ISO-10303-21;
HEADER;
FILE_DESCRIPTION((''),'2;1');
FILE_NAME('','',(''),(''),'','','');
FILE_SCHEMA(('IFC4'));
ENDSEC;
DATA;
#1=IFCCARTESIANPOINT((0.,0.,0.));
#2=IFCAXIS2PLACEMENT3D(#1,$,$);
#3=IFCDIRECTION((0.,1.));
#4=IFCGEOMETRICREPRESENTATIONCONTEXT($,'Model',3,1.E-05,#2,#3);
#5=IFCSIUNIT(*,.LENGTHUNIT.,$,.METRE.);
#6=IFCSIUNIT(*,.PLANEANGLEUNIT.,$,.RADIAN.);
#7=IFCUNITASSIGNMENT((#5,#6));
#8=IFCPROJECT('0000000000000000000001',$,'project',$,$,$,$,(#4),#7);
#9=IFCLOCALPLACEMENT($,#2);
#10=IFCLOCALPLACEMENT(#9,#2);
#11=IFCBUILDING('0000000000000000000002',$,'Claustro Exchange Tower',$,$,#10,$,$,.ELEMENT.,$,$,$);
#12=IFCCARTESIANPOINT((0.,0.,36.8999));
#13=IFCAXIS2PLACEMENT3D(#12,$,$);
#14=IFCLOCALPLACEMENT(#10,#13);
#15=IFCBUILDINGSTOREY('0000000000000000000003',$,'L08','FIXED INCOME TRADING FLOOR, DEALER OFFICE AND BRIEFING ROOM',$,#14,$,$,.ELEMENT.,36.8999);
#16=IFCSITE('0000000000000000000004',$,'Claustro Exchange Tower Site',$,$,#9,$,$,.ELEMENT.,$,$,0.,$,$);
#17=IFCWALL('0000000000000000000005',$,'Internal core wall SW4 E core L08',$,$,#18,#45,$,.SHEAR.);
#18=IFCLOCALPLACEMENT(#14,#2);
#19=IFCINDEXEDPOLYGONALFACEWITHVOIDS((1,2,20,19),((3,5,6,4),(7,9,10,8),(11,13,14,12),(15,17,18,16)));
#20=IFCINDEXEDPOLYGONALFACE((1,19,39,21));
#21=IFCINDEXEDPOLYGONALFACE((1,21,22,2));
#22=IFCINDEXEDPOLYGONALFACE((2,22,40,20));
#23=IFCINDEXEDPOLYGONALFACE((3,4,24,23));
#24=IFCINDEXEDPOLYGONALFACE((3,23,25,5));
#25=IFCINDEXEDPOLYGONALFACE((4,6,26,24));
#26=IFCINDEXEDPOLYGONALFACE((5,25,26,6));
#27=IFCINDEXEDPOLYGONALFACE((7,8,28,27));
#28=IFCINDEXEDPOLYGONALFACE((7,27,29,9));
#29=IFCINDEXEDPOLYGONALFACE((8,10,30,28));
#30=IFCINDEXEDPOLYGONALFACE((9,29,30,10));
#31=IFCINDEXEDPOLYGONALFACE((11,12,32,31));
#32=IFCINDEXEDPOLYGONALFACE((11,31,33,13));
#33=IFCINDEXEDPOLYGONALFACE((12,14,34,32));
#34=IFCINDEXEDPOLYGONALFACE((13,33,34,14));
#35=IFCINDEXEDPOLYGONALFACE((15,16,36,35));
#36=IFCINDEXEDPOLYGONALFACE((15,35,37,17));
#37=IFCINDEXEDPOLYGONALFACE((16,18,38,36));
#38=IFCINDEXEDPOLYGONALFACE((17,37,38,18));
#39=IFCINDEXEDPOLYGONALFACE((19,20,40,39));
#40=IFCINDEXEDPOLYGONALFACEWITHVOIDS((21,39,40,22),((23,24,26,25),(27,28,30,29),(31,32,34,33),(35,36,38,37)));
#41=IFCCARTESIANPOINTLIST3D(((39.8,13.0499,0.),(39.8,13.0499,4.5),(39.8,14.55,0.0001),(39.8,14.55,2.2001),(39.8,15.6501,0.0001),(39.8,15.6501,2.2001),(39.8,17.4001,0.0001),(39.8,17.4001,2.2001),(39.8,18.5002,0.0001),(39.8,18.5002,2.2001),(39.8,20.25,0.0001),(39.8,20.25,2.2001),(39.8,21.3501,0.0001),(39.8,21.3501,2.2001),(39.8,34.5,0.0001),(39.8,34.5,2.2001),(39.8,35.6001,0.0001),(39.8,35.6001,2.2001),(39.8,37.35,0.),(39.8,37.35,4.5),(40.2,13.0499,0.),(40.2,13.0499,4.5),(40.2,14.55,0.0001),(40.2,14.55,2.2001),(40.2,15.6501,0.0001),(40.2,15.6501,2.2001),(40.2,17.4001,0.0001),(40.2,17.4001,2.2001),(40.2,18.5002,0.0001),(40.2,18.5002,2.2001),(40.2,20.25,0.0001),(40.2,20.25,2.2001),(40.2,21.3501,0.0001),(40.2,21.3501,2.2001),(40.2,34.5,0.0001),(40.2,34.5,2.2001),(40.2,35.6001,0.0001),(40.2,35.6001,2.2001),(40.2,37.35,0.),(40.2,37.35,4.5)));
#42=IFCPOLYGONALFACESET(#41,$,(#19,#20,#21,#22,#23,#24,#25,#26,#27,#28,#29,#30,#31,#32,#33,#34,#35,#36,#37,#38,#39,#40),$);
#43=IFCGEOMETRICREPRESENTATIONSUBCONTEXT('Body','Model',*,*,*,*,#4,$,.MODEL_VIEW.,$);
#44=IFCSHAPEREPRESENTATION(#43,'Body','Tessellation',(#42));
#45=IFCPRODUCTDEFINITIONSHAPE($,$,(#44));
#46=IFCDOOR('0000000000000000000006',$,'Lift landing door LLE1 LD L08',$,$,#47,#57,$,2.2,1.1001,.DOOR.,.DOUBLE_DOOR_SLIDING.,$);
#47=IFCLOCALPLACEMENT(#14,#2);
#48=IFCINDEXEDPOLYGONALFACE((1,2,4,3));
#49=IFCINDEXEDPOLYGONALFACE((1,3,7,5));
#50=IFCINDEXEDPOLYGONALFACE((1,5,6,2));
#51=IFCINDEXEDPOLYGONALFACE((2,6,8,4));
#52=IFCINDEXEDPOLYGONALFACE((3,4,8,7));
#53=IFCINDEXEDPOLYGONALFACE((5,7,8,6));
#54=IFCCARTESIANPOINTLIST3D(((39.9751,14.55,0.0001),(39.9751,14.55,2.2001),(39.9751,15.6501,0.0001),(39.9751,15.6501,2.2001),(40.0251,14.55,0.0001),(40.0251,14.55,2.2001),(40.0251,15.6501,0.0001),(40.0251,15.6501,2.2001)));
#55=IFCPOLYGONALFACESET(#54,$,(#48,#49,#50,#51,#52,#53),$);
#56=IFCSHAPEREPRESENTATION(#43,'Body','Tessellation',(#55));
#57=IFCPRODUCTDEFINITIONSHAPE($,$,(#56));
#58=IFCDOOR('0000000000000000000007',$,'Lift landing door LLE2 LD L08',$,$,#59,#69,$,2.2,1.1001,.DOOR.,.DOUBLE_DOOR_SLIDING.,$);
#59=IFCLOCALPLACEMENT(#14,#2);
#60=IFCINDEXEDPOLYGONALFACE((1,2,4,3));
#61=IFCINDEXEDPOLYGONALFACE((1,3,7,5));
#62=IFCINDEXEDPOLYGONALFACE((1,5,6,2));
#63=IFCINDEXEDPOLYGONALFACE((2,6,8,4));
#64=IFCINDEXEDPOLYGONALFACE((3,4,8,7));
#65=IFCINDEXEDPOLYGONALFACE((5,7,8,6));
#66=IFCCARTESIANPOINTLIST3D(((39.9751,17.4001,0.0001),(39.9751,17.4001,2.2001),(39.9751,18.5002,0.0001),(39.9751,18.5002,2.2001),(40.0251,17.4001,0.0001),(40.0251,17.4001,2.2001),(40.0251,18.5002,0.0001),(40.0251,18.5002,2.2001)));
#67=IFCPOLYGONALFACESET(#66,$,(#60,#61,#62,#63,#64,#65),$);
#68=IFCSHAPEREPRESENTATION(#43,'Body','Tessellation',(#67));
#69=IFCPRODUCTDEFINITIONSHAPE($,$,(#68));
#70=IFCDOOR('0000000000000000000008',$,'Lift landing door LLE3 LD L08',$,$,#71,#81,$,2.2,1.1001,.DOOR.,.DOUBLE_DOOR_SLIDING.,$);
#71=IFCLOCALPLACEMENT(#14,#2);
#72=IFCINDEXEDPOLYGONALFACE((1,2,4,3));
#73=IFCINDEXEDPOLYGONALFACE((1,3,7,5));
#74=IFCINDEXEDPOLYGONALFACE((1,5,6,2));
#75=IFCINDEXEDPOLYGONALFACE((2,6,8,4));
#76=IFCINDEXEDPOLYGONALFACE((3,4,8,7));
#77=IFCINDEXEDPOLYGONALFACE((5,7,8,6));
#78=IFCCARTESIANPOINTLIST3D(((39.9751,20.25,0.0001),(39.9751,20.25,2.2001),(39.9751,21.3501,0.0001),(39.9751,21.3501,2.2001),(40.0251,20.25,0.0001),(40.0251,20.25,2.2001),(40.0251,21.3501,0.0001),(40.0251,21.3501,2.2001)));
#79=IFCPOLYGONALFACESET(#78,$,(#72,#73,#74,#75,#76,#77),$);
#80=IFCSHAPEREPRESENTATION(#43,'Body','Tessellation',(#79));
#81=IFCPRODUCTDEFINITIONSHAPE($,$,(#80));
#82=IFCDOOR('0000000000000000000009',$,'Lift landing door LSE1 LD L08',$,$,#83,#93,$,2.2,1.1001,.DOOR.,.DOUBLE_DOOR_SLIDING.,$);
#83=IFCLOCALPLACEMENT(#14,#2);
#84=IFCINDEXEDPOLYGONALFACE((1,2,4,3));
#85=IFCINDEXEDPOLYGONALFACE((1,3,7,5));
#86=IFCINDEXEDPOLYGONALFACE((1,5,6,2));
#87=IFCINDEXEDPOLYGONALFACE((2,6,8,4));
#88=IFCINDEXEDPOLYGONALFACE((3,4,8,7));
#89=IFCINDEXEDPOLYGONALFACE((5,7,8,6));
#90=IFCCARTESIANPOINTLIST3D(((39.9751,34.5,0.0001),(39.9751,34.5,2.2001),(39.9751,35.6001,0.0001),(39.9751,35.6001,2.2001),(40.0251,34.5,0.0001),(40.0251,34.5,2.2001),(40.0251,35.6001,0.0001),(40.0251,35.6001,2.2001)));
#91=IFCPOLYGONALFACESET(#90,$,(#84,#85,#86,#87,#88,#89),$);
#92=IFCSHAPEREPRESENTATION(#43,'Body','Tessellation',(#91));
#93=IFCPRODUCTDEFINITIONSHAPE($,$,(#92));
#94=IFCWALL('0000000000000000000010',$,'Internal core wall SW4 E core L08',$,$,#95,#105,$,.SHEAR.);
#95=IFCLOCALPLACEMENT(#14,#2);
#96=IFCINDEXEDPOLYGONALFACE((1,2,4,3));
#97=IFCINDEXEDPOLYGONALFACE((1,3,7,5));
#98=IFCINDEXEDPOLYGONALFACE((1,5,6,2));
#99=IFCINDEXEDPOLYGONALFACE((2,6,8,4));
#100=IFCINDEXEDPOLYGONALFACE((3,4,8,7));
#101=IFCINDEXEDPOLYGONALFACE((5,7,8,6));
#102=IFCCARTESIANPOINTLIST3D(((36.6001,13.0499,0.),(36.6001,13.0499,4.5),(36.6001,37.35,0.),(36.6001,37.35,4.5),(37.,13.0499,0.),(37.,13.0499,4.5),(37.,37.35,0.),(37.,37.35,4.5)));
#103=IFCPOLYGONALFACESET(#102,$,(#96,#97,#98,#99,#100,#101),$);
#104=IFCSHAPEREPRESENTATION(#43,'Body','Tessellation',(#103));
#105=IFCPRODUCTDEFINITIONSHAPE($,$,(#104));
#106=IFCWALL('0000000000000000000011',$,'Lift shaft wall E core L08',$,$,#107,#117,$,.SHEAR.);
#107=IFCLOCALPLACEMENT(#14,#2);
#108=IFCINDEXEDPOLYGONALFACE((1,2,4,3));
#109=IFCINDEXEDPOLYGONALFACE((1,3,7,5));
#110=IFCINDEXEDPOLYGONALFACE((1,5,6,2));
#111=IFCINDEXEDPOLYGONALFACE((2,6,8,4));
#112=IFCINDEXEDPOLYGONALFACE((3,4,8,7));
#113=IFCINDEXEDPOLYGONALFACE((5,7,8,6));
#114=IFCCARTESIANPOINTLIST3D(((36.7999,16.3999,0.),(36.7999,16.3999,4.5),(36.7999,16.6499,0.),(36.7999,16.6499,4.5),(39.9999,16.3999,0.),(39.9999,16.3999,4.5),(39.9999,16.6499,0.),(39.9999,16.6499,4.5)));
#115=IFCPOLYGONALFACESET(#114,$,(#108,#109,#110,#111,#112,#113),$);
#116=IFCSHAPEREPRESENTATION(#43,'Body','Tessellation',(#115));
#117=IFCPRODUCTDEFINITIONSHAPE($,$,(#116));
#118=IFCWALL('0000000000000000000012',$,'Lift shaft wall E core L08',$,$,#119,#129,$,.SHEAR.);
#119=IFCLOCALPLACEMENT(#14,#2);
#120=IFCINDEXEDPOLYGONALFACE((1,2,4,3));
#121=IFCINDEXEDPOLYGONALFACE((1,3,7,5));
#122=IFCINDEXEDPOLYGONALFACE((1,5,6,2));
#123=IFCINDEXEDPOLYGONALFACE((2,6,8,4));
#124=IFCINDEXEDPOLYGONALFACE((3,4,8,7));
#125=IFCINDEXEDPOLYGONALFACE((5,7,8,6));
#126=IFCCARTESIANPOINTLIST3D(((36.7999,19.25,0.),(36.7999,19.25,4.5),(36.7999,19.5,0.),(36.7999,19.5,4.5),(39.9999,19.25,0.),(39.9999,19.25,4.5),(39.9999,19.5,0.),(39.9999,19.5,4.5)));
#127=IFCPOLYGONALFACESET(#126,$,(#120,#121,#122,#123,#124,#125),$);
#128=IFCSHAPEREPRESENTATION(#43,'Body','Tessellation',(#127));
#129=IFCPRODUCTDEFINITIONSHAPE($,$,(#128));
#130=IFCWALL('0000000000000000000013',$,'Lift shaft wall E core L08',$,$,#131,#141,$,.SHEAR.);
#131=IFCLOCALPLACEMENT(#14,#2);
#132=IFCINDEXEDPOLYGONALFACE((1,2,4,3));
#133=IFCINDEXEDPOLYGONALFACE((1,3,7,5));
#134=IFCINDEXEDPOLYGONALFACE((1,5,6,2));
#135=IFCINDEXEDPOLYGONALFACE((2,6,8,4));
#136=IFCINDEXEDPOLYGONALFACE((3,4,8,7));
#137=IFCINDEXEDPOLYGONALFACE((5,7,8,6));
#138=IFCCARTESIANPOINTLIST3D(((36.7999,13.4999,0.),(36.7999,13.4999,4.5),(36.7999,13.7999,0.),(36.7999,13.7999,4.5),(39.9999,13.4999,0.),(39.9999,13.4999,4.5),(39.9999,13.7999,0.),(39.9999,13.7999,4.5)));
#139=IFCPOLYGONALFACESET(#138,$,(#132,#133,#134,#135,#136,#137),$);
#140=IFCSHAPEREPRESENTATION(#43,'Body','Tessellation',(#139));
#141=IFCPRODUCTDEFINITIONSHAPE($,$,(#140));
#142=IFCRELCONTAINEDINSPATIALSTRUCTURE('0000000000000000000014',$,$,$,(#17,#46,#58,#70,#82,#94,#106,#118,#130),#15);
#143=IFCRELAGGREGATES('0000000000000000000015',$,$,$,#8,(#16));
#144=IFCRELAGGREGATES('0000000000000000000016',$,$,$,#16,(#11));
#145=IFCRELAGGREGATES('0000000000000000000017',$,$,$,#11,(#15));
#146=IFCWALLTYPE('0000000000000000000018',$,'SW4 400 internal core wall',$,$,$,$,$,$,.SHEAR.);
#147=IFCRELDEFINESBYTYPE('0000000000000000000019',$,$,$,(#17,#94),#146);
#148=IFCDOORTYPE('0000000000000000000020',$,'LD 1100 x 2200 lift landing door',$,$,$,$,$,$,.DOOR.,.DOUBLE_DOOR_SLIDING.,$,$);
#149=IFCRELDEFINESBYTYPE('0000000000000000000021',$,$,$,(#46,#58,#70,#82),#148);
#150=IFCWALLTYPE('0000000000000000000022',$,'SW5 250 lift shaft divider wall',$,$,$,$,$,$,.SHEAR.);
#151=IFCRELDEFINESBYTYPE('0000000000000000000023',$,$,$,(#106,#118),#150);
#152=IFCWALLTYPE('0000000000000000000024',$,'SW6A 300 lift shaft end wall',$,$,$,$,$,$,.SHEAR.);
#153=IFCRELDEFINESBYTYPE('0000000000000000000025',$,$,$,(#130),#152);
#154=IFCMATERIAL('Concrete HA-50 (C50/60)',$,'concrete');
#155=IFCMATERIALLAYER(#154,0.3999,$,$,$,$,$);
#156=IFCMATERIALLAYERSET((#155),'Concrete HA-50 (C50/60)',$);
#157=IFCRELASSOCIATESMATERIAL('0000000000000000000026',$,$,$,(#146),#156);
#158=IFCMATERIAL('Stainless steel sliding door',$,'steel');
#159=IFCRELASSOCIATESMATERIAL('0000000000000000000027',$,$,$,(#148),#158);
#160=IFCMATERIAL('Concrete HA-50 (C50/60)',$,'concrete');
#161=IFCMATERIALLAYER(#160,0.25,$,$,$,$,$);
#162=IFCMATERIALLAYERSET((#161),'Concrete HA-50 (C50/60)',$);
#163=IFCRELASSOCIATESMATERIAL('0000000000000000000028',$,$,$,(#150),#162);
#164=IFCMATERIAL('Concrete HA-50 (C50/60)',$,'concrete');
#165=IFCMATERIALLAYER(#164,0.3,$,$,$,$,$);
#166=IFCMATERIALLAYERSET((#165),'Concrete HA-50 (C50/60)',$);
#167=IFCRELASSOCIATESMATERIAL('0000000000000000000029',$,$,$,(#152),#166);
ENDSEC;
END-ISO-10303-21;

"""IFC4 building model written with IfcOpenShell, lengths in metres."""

from ifc_helpers import new_model, si_unit, direction, frame, frame_2d, origin, place, context, subcontext, project, spatial, rectangle, extrude, material, layer, layer_set, type_object, element, fill, save


model = new_model("IFC4")

# Units and contexts
model_context = context("Model", 3, precision=1e-05, world=origin(), true_north=direction((0.0, 1.0)))
body_context = subcontext(model_context, "Body", "Model", "MODEL_VIEW")
ifc_project = project(units=[si_unit("LENGTHUNIT", "METRE"), si_unit("PLANEANGLEUNIT", "RADIAN")], contexts=[model_context])

# Site, building, storey
site_placement = place(None, origin())
site = spatial("IfcSite", under=ifc_project, at=site_placement, Name="Claustro Exchange Tower Site", CompositionType="ELEMENT", RefElevation=0.0)
building_placement = place(site_placement, origin())
building = spatial("IfcBuilding", under=site, at=building_placement, Name="Claustro Exchange Tower", CompositionType="ELEMENT")
storey_placement = place(building_placement, frame((0.0, 0.0, 36.8999)))
storey = spatial("IfcBuildingStorey", under=building, at=storey_placement, Name="L08", Description="FIXED INCOME TRADING FLOOR, DEALER OFFICE AND BRIEFING ROOM", CompositionType="ELEMENT", Elevation=36.8999)

# Wall, openings, doors
ifc_material_1 = material(Name="Concrete HA-50 (C50/60)", Category="concrete")
ifc_layer_1 = layer(ifc_material_1, 0.3999)
ifc_layer_set_1 = layer_set([ifc_layer_1], Name="Concrete HA-50 (C50/60)")
wall_type_1 = type_object("IfcWallType", Name="SW4 400 internal core wall", PredefinedType="SHEAR", material=ifc_layer_set_1)
wall_1_placement = place(storey_placement, frame((40.0, 13.05, 0.0), z_axis=(0.0, 0.0, 1.0), x_axis=(0.0, 1.0, 0.0)))
wall_1 = element("IfcWall", 1, at=wall_1_placement, inside=storey, type_object=wall_type_1, Name="Internal core wall SW4 E core L08", PredefinedType="SHEAR", context=body_context, shape_type="SweptSolid", body=[
    extrude(rectangle(XDim=24.3, YDim=0.3999, at=frame_2d((12.1499, 0.0))), origin(), (0.0, 0.0, 1.0), 4.5),
])
opening_1_placement = place(wall_1_placement, frame((1.5, 0.0, 0.0)))
opening_1 = element("IfcOpeningElement", 2, at=opening_1_placement, cuts=wall_1, PredefinedType="OPENING", context=body_context, shape_type="SweptSolid", body=[
    extrude(rectangle(XDim=1.1001, YDim=2.2, at=frame_2d((0.55, 1.1001))), frame((0.0, 0.21, 0.0), z_axis=(0.0, -1.0, 0.0), x_axis=(1.0, 0.0, 0.0)), (0.0, 0.0, 1.0), 0.4199),
])
opening_2_placement = place(wall_1_placement, frame((4.3501, 0.0, 0.0)))
opening_2 = element("IfcOpeningElement", 3, at=opening_2_placement, cuts=wall_1, PredefinedType="OPENING", context=body_context, shape_type="SweptSolid", body=[
    extrude(rectangle(XDim=1.1001, YDim=2.2, at=frame_2d((0.55, 1.1001))), frame((0.0, 0.21, 0.0), z_axis=(0.0, -1.0, 0.0), x_axis=(1.0, 0.0, 0.0)), (0.0, 0.0, 1.0), 0.4199),
])
opening_3_placement = place(wall_1_placement, frame((7.2, 0.0, 0.0)))
opening_3 = element("IfcOpeningElement", 4, at=opening_3_placement, cuts=wall_1, PredefinedType="OPENING", context=body_context, shape_type="SweptSolid", body=[
    extrude(rectangle(XDim=1.1001, YDim=2.2, at=frame_2d((0.55, 1.1001))), frame((0.0, 0.21, 0.0), z_axis=(0.0, -1.0, 0.0), x_axis=(1.0, 0.0, 0.0)), (0.0, 0.0, 1.0), 0.4199),
])
opening_4_placement = place(wall_1_placement, frame((21.45, 0.0, 0.0)))
opening_4 = element("IfcOpeningElement", 5, at=opening_4_placement, cuts=wall_1, PredefinedType="OPENING", context=body_context, shape_type="SweptSolid", body=[
    extrude(rectangle(XDim=1.1001, YDim=2.2, at=frame_2d((0.55, 1.1001))), frame((0.0, 0.21, 0.0), z_axis=(0.0, -1.0, 0.0), x_axis=(1.0, 0.0, 0.0)), (0.0, 0.0, 1.0), 0.4199),
])
ifc_material_2 = material(Name="Stainless steel sliding door", Category="steel")
door_type_1 = type_object("IfcDoorType", Name="LD 1100 x 2200 lift landing door", OperationType="DOUBLE_DOOR_SLIDING", PredefinedType="DOOR", material=ifc_material_2)
door_1_placement = place(opening_1_placement, origin())
door_1 = element("IfcDoor", 6, at=door_1_placement, inside=storey, type_object=door_type_1, Name="Lift landing door LLE1 LD L08", OperationType="DOUBLE_DOOR_SLIDING", OverallHeight=2.2, OverallWidth=1.1001, PredefinedType="DOOR", context=body_context, shape_type="SweptSolid", body=[
    extrude(rectangle(XDim=1.1001, YDim=2.2, at=frame_2d((0.55, 1.1001))), frame((0.0, 0.0249, 0.0), z_axis=(0.0, -1.0, 0.0), x_axis=(1.0, 0.0, 0.0)), (0.0, 0.0, 1.0), 0.05),
])
fill(opening_1, door_1)
door_2_placement = place(opening_2_placement, origin())
door_2 = element("IfcDoor", 7, at=door_2_placement, inside=storey, type_object=door_type_1, Name="Lift landing door LLE2 LD L08", OperationType="DOUBLE_DOOR_SLIDING", OverallHeight=2.2, OverallWidth=1.1001, PredefinedType="DOOR", context=body_context, shape_type="SweptSolid", body=[
    extrude(rectangle(XDim=1.1001, YDim=2.2, at=frame_2d((0.55, 1.1001))), frame((0.0, 0.0249, 0.0), z_axis=(0.0, -1.0, 0.0), x_axis=(1.0, 0.0, 0.0)), (0.0, 0.0, 1.0), 0.05),
])
fill(opening_2, door_2)
door_3_placement = place(opening_3_placement, origin())
door_3 = element("IfcDoor", 8, at=door_3_placement, inside=storey, type_object=door_type_1, Name="Lift landing door LLE3 LD L08", OperationType="DOUBLE_DOOR_SLIDING", OverallHeight=2.2, OverallWidth=1.1001, PredefinedType="DOOR", context=body_context, shape_type="SweptSolid", body=[
    extrude(rectangle(XDim=1.1001, YDim=2.2, at=frame_2d((0.55, 1.1001))), frame((0.0, 0.0249, 0.0), z_axis=(0.0, -1.0, 0.0), x_axis=(1.0, 0.0, 0.0)), (0.0, 0.0, 1.0), 0.05),
])
fill(opening_3, door_3)
door_4_placement = place(opening_4_placement, origin())
door_4 = element("IfcDoor", 9, at=door_4_placement, inside=storey, type_object=door_type_1, Name="Lift landing door LSE1 LD L08", OperationType="DOUBLE_DOOR_SLIDING", OverallHeight=2.2, OverallWidth=1.1001, PredefinedType="DOOR", context=body_context, shape_type="SweptSolid", body=[
    extrude(rectangle(XDim=1.1001, YDim=2.2, at=frame_2d((0.55, 1.1001))), frame((0.0, 0.0249, 0.0), z_axis=(0.0, -1.0, 0.0), x_axis=(1.0, 0.0, 0.0)), (0.0, 0.0, 1.0), 0.05),
])
fill(opening_4, door_4)

# Walls
wall_2_placement = place(storey_placement, frame((36.8, 13.05, 0.0), z_axis=(0.0, 0.0, 1.0), x_axis=(0.0, 1.0, 0.0)))
element("IfcWall", 10, at=wall_2_placement, inside=storey, type_object=wall_type_1, Name="Internal core wall SW4 E core L08", PredefinedType="SHEAR", context=body_context, shape_type="SweptSolid", body=[
    extrude(rectangle(XDim=24.3, YDim=0.3999, at=frame_2d((12.1499, 0.0))), origin(), (0.0, 0.0, 1.0), 4.5),
])
ifc_material_3 = material(Name="Concrete HA-50 (C50/60)", Category="concrete")
ifc_layer_2 = layer(ifc_material_3, 0.25)
ifc_layer_set_2 = layer_set([ifc_layer_2], Name="Concrete HA-50 (C50/60)")
wall_type_2 = type_object("IfcWallType", Name="SW5 250 lift shaft divider wall", PredefinedType="SHEAR", material=ifc_layer_set_2)
for number, where, z_axis, x_axis, name in (
    (11, (40.0, 16.5249, 0.0), (0.0, 0.0, 1.0), (-1.0, 0.0, 0.0), "Lift shaft wall E core L08"),
    (12, (40.0, 19.375, 0.0), (0.0, 0.0, 1.0), (-1.0, 0.0, 0.0), "Lift shaft wall E core L08"),
):
    element("IfcWall", number, at=place(storey_placement, frame(where, z_axis=z_axis, x_axis=x_axis)), inside=storey, type_object=wall_type_2, Name=name, PredefinedType="SHEAR", context=body_context, shape_type="SweptSolid", body=[
        extrude(rectangle(XDim=3.2, YDim=0.25, at=frame_2d((1.6001, 0.0))), origin(), (0.0, 0.0, 1.0), 4.5),
    ])
ifc_material_4 = material(Name="Concrete HA-50 (C50/60)", Category="concrete")
ifc_layer_3 = layer(ifc_material_4, 0.3)
ifc_layer_set_3 = layer_set([ifc_layer_3], Name="Concrete HA-50 (C50/60)")
wall_type_3 = type_object("IfcWallType", Name="SW6A 300 lift shaft end wall", PredefinedType="SHEAR", material=ifc_layer_set_3)
wall_3_placement = place(storey_placement, frame((40.0, 13.6499, 0.0), z_axis=(0.0, 0.0, 1.0), x_axis=(-1.0, 0.0, 0.0)))
element("IfcWall", 13, at=wall_3_placement, inside=storey, type_object=wall_type_3, Name="Lift shaft wall E core L08", PredefinedType="SHEAR", context=body_context, shape_type="SweptSolid", body=[
    extrude(rectangle(XDim=3.2, YDim=0.3, at=frame_2d((1.6001, 0.0))), origin(), (0.0, 0.0, 1.0), 4.5),
])

save(model, "model.ifc")
